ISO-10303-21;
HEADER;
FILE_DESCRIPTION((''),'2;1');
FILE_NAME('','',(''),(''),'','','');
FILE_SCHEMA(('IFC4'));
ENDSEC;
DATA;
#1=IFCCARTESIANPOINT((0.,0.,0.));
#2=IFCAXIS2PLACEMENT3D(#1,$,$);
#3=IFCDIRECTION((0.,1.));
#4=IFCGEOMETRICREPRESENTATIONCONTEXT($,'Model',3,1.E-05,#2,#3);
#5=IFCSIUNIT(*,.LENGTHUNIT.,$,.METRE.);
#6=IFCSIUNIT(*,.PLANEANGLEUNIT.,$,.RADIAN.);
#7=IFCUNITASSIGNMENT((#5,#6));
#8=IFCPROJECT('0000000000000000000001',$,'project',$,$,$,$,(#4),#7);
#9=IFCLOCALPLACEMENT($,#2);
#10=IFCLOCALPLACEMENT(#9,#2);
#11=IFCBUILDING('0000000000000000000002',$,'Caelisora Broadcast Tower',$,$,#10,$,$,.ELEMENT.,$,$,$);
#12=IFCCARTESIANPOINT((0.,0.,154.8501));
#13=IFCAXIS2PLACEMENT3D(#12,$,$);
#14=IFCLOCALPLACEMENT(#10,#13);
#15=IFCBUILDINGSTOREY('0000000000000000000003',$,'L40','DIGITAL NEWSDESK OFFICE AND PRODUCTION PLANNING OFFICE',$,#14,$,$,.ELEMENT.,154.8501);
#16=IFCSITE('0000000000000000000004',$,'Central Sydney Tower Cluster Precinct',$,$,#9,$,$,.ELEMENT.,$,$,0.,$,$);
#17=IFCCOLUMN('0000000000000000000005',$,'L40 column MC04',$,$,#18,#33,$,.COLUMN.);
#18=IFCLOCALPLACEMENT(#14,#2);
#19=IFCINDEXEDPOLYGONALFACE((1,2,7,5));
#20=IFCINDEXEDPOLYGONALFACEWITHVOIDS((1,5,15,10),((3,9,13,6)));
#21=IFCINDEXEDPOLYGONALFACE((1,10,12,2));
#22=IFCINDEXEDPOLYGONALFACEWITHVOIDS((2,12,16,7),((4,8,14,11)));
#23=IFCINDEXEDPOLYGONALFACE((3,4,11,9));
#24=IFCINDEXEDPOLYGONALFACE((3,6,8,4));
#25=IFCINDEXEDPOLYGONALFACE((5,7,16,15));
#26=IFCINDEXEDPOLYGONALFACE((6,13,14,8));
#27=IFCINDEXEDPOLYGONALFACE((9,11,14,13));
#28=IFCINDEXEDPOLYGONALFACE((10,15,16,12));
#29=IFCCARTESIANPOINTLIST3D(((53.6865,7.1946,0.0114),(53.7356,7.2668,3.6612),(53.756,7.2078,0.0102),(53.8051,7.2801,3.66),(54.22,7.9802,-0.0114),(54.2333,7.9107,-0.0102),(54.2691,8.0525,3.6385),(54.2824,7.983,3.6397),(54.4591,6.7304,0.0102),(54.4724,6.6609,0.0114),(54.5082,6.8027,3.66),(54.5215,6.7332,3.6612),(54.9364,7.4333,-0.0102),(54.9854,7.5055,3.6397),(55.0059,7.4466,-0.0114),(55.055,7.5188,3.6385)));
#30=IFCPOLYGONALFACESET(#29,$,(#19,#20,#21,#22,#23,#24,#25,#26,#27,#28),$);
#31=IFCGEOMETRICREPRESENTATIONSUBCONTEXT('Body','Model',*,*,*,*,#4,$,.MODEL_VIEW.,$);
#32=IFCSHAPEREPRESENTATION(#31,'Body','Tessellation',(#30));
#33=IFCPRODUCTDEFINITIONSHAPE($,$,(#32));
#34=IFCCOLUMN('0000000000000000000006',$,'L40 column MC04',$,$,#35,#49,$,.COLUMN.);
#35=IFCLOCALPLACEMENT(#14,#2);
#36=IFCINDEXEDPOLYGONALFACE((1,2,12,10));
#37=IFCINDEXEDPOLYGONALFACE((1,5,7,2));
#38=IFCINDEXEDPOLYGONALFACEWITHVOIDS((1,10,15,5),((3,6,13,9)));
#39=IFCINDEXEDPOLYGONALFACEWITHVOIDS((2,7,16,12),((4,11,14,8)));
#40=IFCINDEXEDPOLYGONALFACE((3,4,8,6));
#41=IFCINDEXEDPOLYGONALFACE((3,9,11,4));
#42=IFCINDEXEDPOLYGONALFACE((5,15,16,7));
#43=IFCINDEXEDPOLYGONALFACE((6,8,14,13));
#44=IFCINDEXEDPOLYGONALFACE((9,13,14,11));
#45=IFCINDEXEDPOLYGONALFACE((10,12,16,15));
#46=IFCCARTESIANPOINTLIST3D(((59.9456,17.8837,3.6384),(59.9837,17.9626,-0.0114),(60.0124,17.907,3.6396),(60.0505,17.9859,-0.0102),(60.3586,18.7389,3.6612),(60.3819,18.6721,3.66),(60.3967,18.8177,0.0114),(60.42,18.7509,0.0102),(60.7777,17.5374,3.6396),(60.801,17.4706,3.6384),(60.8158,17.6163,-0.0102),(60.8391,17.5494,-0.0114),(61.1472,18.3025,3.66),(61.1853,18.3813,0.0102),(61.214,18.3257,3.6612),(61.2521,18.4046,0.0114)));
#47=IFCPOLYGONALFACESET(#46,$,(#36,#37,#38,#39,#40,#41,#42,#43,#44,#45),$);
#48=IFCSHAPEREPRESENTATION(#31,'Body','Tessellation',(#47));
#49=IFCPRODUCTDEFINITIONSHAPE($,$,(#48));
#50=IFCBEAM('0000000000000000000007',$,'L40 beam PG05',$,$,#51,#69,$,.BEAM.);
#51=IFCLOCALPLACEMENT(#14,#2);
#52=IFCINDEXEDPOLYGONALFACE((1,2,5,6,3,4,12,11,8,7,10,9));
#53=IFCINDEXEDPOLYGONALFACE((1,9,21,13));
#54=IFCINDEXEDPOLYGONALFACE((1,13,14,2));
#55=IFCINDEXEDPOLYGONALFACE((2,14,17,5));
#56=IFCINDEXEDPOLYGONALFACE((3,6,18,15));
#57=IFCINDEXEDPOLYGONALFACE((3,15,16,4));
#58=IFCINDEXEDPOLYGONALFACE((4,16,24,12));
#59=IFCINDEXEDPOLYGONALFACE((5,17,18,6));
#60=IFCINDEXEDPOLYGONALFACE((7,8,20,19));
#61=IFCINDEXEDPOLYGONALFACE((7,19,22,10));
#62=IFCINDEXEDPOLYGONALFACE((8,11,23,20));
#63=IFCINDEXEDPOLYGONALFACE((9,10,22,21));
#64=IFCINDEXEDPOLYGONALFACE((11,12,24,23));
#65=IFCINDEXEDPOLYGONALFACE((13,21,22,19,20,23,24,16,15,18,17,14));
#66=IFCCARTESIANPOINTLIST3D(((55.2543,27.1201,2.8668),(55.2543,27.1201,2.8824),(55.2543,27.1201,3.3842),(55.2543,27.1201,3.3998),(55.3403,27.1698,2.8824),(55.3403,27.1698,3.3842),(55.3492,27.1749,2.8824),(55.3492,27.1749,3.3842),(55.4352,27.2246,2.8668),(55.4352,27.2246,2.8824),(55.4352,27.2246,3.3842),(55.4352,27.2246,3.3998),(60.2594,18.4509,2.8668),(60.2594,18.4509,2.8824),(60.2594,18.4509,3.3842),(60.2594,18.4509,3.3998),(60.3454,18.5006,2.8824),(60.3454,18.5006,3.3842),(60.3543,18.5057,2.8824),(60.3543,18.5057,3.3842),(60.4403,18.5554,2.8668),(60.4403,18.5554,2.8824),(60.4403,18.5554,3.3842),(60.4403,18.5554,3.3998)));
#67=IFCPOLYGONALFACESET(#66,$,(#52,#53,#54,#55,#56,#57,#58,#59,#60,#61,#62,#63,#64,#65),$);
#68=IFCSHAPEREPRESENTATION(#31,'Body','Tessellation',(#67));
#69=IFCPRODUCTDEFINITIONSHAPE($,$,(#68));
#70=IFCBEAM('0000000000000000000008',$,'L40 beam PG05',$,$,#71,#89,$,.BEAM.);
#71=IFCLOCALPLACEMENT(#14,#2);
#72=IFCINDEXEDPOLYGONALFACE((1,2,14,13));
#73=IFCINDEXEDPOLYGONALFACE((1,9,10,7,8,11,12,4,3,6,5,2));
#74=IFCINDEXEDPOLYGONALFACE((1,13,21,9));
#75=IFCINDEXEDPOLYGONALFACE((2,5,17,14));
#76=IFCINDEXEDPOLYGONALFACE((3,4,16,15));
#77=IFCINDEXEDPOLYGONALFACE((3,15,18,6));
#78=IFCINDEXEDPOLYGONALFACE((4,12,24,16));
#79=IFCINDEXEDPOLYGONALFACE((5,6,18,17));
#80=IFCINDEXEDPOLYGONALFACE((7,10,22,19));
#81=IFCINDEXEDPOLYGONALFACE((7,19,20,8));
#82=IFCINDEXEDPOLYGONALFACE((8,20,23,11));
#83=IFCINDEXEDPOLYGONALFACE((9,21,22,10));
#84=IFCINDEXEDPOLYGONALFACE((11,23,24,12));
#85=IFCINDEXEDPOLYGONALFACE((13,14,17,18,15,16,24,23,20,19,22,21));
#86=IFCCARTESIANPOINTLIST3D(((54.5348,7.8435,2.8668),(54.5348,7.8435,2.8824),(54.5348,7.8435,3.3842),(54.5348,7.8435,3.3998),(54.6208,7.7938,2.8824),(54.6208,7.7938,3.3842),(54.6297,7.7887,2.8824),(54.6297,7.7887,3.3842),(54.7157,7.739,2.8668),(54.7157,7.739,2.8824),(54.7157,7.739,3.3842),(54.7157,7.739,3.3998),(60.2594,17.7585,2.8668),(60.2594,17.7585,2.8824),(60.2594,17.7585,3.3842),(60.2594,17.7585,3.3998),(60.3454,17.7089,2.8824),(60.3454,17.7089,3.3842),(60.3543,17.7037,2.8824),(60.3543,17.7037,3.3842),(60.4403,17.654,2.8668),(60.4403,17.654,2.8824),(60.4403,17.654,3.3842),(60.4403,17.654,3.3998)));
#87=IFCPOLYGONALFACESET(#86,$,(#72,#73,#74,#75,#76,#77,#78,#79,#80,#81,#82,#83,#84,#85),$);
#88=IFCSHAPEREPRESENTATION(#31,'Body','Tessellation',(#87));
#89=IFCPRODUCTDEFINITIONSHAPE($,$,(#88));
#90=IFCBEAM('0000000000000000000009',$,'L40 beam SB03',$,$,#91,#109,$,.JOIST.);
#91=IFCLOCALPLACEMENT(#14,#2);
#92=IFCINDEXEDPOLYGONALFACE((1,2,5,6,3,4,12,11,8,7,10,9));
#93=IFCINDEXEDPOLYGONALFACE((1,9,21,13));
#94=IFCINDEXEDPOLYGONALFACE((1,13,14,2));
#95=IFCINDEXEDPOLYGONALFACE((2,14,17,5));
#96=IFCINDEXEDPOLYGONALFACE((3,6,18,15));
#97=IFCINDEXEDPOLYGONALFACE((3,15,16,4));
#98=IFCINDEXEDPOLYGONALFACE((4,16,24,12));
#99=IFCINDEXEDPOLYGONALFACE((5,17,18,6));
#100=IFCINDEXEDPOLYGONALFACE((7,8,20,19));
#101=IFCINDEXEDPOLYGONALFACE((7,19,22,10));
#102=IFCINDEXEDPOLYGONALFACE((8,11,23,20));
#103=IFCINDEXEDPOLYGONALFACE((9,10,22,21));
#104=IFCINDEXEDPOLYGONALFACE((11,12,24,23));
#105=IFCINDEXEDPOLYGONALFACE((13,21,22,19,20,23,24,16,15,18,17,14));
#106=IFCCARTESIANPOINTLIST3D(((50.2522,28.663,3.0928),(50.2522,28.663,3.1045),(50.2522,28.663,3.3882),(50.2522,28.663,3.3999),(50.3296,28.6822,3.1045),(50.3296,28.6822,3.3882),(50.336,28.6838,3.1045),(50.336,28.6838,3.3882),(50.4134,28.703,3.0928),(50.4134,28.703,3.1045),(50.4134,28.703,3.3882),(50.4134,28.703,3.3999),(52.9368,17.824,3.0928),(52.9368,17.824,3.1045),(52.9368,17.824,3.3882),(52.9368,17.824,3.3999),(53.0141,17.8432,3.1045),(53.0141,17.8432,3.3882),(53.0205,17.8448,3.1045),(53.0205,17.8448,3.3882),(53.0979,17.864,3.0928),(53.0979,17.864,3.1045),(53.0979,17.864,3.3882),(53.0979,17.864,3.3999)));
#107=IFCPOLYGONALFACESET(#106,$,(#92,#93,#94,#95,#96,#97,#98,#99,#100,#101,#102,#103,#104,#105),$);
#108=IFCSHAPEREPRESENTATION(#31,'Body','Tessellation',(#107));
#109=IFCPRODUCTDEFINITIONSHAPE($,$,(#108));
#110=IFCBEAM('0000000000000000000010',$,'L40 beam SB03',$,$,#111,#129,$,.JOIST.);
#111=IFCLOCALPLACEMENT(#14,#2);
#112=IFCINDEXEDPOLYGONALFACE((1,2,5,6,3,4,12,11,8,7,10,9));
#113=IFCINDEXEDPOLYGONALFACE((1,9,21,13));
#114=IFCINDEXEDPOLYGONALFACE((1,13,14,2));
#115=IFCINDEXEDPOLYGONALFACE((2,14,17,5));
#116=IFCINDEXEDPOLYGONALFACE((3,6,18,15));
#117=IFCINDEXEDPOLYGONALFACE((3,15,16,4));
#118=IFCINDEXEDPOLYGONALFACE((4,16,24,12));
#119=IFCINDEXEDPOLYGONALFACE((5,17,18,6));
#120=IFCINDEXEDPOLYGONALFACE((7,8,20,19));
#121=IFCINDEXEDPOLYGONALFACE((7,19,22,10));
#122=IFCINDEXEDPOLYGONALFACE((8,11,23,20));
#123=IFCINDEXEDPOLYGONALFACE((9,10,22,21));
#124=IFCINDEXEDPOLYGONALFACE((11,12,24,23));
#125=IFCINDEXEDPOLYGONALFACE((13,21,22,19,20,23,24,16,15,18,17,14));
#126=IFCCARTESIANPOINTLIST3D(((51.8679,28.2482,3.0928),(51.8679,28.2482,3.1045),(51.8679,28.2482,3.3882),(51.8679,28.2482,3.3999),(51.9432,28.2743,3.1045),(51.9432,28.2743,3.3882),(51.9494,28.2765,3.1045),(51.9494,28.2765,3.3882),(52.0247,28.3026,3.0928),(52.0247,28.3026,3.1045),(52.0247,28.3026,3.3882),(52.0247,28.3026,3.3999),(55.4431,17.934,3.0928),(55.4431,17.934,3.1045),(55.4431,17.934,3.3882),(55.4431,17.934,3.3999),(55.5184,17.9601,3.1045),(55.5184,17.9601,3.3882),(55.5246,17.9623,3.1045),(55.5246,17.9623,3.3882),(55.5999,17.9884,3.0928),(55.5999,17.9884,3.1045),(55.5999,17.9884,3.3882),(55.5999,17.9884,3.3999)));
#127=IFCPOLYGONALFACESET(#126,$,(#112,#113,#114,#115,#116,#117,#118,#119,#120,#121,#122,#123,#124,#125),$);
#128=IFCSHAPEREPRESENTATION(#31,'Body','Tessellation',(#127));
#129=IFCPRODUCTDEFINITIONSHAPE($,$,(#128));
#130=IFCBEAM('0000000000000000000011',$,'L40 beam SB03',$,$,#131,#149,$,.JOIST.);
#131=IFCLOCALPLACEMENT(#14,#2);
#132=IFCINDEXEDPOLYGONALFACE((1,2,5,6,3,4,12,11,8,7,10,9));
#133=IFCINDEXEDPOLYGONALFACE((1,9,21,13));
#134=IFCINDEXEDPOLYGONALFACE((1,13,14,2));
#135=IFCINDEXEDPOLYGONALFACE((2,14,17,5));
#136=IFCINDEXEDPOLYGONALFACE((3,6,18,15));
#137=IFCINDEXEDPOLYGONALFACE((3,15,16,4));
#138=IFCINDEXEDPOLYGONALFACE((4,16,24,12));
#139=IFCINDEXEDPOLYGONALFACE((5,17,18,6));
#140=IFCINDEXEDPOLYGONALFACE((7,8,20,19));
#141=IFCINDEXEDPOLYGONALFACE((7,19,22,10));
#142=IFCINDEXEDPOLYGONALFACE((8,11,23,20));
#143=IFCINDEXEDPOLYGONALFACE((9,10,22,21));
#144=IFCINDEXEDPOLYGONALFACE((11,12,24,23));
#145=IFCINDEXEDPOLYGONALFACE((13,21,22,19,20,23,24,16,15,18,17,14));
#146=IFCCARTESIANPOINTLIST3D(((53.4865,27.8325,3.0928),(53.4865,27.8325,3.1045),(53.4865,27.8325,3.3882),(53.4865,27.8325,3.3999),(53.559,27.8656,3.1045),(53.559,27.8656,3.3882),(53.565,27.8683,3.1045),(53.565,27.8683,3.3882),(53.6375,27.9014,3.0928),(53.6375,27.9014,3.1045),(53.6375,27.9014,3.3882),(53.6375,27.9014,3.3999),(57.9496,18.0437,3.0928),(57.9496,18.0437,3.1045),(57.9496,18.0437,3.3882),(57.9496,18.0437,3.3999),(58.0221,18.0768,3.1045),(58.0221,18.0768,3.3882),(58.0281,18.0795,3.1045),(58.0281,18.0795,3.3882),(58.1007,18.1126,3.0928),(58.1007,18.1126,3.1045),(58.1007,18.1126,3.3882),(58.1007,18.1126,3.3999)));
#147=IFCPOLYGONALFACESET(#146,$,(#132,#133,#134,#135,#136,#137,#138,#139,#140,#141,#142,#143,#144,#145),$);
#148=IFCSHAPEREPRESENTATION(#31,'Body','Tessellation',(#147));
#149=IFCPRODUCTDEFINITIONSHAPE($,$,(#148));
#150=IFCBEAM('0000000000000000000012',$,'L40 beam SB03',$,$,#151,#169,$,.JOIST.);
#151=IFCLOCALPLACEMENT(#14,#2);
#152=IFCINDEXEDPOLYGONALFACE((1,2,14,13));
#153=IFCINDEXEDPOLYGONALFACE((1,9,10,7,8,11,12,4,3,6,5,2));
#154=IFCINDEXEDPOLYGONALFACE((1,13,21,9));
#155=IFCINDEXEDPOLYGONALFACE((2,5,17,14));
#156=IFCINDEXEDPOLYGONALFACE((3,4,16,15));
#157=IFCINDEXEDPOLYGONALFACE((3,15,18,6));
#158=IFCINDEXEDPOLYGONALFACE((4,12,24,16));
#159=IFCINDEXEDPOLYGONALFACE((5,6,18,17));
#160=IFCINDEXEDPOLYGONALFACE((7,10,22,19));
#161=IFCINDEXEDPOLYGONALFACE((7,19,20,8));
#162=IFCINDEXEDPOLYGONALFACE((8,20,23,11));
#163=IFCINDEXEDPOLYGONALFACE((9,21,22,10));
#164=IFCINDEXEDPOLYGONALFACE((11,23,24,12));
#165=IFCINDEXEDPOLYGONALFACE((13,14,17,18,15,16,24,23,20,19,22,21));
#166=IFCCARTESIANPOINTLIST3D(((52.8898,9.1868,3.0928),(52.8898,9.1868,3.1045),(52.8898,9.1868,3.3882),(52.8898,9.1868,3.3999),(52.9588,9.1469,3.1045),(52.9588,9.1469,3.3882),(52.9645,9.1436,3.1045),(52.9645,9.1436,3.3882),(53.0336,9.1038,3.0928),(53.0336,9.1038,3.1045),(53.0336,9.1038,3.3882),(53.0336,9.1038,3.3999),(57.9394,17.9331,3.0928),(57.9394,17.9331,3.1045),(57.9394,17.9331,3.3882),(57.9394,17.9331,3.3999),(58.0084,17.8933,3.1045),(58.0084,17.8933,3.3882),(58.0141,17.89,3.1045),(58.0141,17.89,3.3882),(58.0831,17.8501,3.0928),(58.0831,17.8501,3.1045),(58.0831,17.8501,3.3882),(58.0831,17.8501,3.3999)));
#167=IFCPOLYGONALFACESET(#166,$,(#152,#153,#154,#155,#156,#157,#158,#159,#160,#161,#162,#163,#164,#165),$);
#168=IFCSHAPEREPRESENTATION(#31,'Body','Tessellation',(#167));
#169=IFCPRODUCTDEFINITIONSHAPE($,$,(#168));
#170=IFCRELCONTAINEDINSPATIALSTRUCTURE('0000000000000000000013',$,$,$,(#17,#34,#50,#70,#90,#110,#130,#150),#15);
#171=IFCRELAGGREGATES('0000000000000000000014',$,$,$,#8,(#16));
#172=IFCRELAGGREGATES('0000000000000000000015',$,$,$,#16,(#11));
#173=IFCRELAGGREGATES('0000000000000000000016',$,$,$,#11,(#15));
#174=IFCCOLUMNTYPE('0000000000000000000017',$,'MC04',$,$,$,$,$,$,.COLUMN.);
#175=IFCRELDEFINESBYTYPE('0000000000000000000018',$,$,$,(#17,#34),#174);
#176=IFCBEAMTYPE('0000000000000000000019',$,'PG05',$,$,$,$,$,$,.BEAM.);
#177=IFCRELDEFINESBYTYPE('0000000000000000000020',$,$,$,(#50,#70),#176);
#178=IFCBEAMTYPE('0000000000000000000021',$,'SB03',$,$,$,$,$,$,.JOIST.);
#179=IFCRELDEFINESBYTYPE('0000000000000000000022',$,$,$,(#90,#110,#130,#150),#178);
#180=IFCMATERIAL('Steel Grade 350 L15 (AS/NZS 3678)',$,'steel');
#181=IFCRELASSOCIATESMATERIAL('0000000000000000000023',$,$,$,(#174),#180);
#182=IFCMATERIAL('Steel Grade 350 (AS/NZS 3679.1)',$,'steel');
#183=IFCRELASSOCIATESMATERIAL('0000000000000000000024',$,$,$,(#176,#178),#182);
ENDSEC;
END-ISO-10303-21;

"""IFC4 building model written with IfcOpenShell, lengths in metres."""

from ifc_helpers import new_model, si_unit, direction, frame, origin, origin_2d, place, context, subcontext, project, spatial, hollow_rectangle, i_section, extrude, source, transform, mapped, material, material_profile, profile_set, type_object, type_shapes, element, save


model = new_model("IFC4")

# Units and contexts
model_context = context("Model", 3, precision=1e-05, world=origin(), true_north=direction((0.0, 1.0)))
body_context = subcontext(model_context, "Body", "Model", "MODEL_VIEW")
ifc_project = project(units=[si_unit("LENGTHUNIT", "METRE"), si_unit("PLANEANGLEUNIT", "RADIAN")], contexts=[model_context])

# Site, building, storey
site_placement = place(None, origin())
site = spatial("IfcSite", under=ifc_project, at=site_placement, Name="Central Sydney Tower Cluster Precinct", CompositionType="ELEMENT", RefElevation=0.0)
building_placement = place(site_placement, origin())
building = spatial("IfcBuilding", under=site, at=building_placement, Name="Caelisora Broadcast Tower", CompositionType="ELEMENT")
storey_placement = place(building_placement, frame((0.0, 0.0, 154.8501)))
storey = spatial("IfcBuildingStorey", under=building, at=storey_placement, Name="L40", Description="DIGITAL NEWSDESK OFFICE AND PRODUCTION PLANNING OFFICE", CompositionType="ELEMENT", Elevation=154.8501)

# Columns
ifc_material_1 = material(Name="Steel Grade 350 L15 (AS/NZS 3678)", Category="steel")
ifc_material_profile_1 = material_profile(ifc_material_1, hollow_rectangle(XDim=0.95, YDim=0.95, WallThickness=0.05, at=origin_2d()), Name="Steel Grade 350 L15 (AS/NZS 3678)")
ifc_profile_set_1 = profile_set([ifc_material_profile_1], Name="Steel Grade 350 L15 (AS/NZS 3678)")
column_type = type_object("IfcColumnType", Name="MC04", PredefinedType="COLUMN", material=ifc_profile_set_1)
shared_shape_1 = source(origin(), body_context, "Body", "SweptSolid", [
    extrude(hollow_rectangle(XDim=0.95, YDim=0.95, WallThickness=0.05, at=origin_2d()), origin(), (0.0, 0.0, 1.0), 3.6509),
])
type_shapes(column_type, [shared_shape_1])
for number, where, z_axis, x_axis, name in (
    (1, (54.3462, 7.3206, 0.0), (0.013441, 0.019794, 0.999714), (-0.82729, 0.561775, 0.0), "L40 column MC04"),
    (2, (60.6179, 18.1836, 0.0), (-0.010432, -0.021599, 0.999712), (0.900476, -0.434905, 0.0), "L40 column MC04"),
):
    element("IfcColumn", number, at=place(storey_placement, frame(where, z_axis=z_axis, x_axis=x_axis)), inside=storey, type_object=column_type, Name=name, PredefinedType="COLUMN", context=body_context, shape_type="MappedRepresentation", body=[
        mapped(shared_shape_1, transform((0.0, 0.0, 0.0), scale=1.0)),
    ])

# Beams
ifc_material_2 = material(Name="Steel Grade 350 (AS/NZS 3679.1)", Category="steel")
ifc_material_profile_2 = material_profile(ifc_material_2, i_section(OverallWidth=0.209, OverallDepth=0.533, WebThickness=0.0103, FlangeThickness=0.0156, at=origin_2d()), Name="Steel Grade 350 (AS/NZS 3679.1)")
ifc_profile_set_2 = profile_set([ifc_material_profile_2], Name="Steel Grade 350 (AS/NZS 3679.1)")
beam_type_1 = type_object("IfcBeamType", Name="PG05", PredefinedType="BEAM", material=ifc_profile_set_2)
shared_shape_2 = source(origin(), body_context, "Body", "SweptSolid", [
    extrude(i_section(OverallWidth=0.209, OverallDepth=0.533, WebThickness=0.0103, FlangeThickness=0.0156, at=origin_2d()), origin(), (0.0, 0.0, 1.0), 10.0103),
])
beam_1_placement = place(storey_placement, frame((60.3499, 18.5032, 3.1333), z_axis=(-0.499998, 0.866027, 0.0), x_axis=(-0.866027, -0.499998, 0.0)))
element("IfcBeam", 3, at=beam_1_placement, inside=storey, type_object=beam_type_1, Name="L40 beam PG05", PredefinedType="BEAM", context=body_context, shape_type="MappedRepresentation", body=[
    mapped(shared_shape_2, transform((0.0, 0.0, 0.0), scale=1.0)),
])
shared_shape_3 = source(origin(), body_context, "Body", "SweptSolid", [
    extrude(i_section(OverallWidth=0.209, OverallDepth=0.533, WebThickness=0.0103, FlangeThickness=0.0156, at=origin_2d()), origin(), (0.0, 0.0, 1.0), 11.449),
])
type_shapes(beam_type_1, [shared_shape_2, shared_shape_3])
beam_2_placement = place(storey_placement, frame((54.6252, 7.7913, 3.1333), z_axis=(0.50001, 0.866019, 0.0), x_axis=(-0.866019, 0.50001, 0.0)))
element("IfcBeam", 4, at=beam_2_placement, inside=storey, type_object=beam_type_1, Name="L40 beam PG05", PredefinedType="BEAM", context=body_context, shape_type="MappedRepresentation", body=[
    mapped(shared_shape_3, transform((0.0, 0.0, 0.0), scale=1.0)),
])
ifc_material_profile_3 = material_profile(ifc_material_2, i_section(OverallWidth=0.166, OverallDepth=0.3071, WebThickness=0.0066, FlangeThickness=0.0117, at=origin_2d()), Name="Steel Grade 350 (AS/NZS 3679.1)")
ifc_profile_set_3 = profile_set([ifc_material_profile_3], Name="Steel Grade 350 (AS/NZS 3679.1)")
beam_type_2 = type_object("IfcBeamType", Name="SB03", PredefinedType="JOIST", material=ifc_profile_set_3)
shared_shape_4 = source(origin(), body_context, "Body", "SweptSolid", [
    extrude(i_section(OverallWidth=0.166, OverallDepth=0.3071, WebThickness=0.0066, FlangeThickness=0.0117, at=origin_2d()), origin(), (0.0, 0.0, 1.0), 11.1665),
])
beam_3_placement = place(storey_placement, frame((53.0173, 17.844, 3.2463), z_axis=(-0.24041, 0.970671, 0.0), x_axis=(-0.970671, -0.24041, 0.0)))
element("IfcBeam", 5, at=beam_3_placement, inside=storey, type_object=beam_type_2, Name="L40 beam SB03", PredefinedType="JOIST", context=body_context, shape_type="MappedRepresentation", body=[
    mapped(shared_shape_4, transform((0.0, 0.0, 0.0), scale=1.0)),
])
shared_shape_5 = source(origin(), body_context, "Body", "SweptSolid", [
    extrude(i_section(OverallWidth=0.166, OverallDepth=0.3071, WebThickness=0.0066, FlangeThickness=0.0117, at=origin_2d()), origin(), (0.0, 0.0, 1.0), 10.9163),
])
beam_4_placement = place(storey_placement, frame((55.5215, 17.9612, 3.2463), z_axis=(-0.327511, 0.944847, 0.0), x_axis=(-0.944847, -0.327511, 0.0)))
element("IfcBeam", 6, at=beam_4_placement, inside=storey, type_object=beam_type_2, Name="L40 beam SB03", PredefinedType="JOIST", context=body_context, shape_type="MappedRepresentation", body=[
    mapped(shared_shape_5, transform((0.0, 0.0, 0.0), scale=1.0)),
])
shared_shape_6 = source(origin(), body_context, "Body", "SweptSolid", [
    extrude(i_section(OverallWidth=0.166, OverallDepth=0.3071, WebThickness=0.0066, FlangeThickness=0.0117, at=origin_2d()), origin(), (0.0, 0.0, 1.0), 10.7583),
])
beam_5_placement = place(storey_placement, frame((58.0251, 18.0781, 3.2463), z_axis=(-0.414856, 0.909887, 0.0), x_axis=(-0.909887, -0.414856, 0.0)))
element("IfcBeam", 7, at=beam_5_placement, inside=storey, type_object=beam_type_2, Name="L40 beam SB03", PredefinedType="JOIST", context=body_context, shape_type="MappedRepresentation", body=[
    mapped(shared_shape_6, transform((0.0, 0.0, 0.0), scale=1.0)),
])
shared_shape_7 = source(origin(), body_context, "Body", "SweptSolid", [
    extrude(i_section(OverallWidth=0.166, OverallDepth=0.3071, WebThickness=0.0066, FlangeThickness=0.0117, at=origin_2d()), origin(), (0.0, 0.0, 1.0), 10.0994),
])
type_shapes(beam_type_2, [shared_shape_4, shared_shape_5, shared_shape_6, shared_shape_7])
beam_6_placement = place(storey_placement, frame((52.9617, 9.1453, 3.2463), z_axis=(0.49999, 0.866031, 0.0), x_axis=(-0.866031, 0.49999, 0.0)))
element("IfcBeam", 8, at=beam_6_placement, inside=storey, type_object=beam_type_2, Name="L40 beam SB03", PredefinedType="JOIST", context=body_context, shape_type="MappedRepresentation", body=[
    mapped(shared_shape_7, transform((0.0, 0.0, 0.0), scale=1.0)),
])

save(model, "model.ifc")
